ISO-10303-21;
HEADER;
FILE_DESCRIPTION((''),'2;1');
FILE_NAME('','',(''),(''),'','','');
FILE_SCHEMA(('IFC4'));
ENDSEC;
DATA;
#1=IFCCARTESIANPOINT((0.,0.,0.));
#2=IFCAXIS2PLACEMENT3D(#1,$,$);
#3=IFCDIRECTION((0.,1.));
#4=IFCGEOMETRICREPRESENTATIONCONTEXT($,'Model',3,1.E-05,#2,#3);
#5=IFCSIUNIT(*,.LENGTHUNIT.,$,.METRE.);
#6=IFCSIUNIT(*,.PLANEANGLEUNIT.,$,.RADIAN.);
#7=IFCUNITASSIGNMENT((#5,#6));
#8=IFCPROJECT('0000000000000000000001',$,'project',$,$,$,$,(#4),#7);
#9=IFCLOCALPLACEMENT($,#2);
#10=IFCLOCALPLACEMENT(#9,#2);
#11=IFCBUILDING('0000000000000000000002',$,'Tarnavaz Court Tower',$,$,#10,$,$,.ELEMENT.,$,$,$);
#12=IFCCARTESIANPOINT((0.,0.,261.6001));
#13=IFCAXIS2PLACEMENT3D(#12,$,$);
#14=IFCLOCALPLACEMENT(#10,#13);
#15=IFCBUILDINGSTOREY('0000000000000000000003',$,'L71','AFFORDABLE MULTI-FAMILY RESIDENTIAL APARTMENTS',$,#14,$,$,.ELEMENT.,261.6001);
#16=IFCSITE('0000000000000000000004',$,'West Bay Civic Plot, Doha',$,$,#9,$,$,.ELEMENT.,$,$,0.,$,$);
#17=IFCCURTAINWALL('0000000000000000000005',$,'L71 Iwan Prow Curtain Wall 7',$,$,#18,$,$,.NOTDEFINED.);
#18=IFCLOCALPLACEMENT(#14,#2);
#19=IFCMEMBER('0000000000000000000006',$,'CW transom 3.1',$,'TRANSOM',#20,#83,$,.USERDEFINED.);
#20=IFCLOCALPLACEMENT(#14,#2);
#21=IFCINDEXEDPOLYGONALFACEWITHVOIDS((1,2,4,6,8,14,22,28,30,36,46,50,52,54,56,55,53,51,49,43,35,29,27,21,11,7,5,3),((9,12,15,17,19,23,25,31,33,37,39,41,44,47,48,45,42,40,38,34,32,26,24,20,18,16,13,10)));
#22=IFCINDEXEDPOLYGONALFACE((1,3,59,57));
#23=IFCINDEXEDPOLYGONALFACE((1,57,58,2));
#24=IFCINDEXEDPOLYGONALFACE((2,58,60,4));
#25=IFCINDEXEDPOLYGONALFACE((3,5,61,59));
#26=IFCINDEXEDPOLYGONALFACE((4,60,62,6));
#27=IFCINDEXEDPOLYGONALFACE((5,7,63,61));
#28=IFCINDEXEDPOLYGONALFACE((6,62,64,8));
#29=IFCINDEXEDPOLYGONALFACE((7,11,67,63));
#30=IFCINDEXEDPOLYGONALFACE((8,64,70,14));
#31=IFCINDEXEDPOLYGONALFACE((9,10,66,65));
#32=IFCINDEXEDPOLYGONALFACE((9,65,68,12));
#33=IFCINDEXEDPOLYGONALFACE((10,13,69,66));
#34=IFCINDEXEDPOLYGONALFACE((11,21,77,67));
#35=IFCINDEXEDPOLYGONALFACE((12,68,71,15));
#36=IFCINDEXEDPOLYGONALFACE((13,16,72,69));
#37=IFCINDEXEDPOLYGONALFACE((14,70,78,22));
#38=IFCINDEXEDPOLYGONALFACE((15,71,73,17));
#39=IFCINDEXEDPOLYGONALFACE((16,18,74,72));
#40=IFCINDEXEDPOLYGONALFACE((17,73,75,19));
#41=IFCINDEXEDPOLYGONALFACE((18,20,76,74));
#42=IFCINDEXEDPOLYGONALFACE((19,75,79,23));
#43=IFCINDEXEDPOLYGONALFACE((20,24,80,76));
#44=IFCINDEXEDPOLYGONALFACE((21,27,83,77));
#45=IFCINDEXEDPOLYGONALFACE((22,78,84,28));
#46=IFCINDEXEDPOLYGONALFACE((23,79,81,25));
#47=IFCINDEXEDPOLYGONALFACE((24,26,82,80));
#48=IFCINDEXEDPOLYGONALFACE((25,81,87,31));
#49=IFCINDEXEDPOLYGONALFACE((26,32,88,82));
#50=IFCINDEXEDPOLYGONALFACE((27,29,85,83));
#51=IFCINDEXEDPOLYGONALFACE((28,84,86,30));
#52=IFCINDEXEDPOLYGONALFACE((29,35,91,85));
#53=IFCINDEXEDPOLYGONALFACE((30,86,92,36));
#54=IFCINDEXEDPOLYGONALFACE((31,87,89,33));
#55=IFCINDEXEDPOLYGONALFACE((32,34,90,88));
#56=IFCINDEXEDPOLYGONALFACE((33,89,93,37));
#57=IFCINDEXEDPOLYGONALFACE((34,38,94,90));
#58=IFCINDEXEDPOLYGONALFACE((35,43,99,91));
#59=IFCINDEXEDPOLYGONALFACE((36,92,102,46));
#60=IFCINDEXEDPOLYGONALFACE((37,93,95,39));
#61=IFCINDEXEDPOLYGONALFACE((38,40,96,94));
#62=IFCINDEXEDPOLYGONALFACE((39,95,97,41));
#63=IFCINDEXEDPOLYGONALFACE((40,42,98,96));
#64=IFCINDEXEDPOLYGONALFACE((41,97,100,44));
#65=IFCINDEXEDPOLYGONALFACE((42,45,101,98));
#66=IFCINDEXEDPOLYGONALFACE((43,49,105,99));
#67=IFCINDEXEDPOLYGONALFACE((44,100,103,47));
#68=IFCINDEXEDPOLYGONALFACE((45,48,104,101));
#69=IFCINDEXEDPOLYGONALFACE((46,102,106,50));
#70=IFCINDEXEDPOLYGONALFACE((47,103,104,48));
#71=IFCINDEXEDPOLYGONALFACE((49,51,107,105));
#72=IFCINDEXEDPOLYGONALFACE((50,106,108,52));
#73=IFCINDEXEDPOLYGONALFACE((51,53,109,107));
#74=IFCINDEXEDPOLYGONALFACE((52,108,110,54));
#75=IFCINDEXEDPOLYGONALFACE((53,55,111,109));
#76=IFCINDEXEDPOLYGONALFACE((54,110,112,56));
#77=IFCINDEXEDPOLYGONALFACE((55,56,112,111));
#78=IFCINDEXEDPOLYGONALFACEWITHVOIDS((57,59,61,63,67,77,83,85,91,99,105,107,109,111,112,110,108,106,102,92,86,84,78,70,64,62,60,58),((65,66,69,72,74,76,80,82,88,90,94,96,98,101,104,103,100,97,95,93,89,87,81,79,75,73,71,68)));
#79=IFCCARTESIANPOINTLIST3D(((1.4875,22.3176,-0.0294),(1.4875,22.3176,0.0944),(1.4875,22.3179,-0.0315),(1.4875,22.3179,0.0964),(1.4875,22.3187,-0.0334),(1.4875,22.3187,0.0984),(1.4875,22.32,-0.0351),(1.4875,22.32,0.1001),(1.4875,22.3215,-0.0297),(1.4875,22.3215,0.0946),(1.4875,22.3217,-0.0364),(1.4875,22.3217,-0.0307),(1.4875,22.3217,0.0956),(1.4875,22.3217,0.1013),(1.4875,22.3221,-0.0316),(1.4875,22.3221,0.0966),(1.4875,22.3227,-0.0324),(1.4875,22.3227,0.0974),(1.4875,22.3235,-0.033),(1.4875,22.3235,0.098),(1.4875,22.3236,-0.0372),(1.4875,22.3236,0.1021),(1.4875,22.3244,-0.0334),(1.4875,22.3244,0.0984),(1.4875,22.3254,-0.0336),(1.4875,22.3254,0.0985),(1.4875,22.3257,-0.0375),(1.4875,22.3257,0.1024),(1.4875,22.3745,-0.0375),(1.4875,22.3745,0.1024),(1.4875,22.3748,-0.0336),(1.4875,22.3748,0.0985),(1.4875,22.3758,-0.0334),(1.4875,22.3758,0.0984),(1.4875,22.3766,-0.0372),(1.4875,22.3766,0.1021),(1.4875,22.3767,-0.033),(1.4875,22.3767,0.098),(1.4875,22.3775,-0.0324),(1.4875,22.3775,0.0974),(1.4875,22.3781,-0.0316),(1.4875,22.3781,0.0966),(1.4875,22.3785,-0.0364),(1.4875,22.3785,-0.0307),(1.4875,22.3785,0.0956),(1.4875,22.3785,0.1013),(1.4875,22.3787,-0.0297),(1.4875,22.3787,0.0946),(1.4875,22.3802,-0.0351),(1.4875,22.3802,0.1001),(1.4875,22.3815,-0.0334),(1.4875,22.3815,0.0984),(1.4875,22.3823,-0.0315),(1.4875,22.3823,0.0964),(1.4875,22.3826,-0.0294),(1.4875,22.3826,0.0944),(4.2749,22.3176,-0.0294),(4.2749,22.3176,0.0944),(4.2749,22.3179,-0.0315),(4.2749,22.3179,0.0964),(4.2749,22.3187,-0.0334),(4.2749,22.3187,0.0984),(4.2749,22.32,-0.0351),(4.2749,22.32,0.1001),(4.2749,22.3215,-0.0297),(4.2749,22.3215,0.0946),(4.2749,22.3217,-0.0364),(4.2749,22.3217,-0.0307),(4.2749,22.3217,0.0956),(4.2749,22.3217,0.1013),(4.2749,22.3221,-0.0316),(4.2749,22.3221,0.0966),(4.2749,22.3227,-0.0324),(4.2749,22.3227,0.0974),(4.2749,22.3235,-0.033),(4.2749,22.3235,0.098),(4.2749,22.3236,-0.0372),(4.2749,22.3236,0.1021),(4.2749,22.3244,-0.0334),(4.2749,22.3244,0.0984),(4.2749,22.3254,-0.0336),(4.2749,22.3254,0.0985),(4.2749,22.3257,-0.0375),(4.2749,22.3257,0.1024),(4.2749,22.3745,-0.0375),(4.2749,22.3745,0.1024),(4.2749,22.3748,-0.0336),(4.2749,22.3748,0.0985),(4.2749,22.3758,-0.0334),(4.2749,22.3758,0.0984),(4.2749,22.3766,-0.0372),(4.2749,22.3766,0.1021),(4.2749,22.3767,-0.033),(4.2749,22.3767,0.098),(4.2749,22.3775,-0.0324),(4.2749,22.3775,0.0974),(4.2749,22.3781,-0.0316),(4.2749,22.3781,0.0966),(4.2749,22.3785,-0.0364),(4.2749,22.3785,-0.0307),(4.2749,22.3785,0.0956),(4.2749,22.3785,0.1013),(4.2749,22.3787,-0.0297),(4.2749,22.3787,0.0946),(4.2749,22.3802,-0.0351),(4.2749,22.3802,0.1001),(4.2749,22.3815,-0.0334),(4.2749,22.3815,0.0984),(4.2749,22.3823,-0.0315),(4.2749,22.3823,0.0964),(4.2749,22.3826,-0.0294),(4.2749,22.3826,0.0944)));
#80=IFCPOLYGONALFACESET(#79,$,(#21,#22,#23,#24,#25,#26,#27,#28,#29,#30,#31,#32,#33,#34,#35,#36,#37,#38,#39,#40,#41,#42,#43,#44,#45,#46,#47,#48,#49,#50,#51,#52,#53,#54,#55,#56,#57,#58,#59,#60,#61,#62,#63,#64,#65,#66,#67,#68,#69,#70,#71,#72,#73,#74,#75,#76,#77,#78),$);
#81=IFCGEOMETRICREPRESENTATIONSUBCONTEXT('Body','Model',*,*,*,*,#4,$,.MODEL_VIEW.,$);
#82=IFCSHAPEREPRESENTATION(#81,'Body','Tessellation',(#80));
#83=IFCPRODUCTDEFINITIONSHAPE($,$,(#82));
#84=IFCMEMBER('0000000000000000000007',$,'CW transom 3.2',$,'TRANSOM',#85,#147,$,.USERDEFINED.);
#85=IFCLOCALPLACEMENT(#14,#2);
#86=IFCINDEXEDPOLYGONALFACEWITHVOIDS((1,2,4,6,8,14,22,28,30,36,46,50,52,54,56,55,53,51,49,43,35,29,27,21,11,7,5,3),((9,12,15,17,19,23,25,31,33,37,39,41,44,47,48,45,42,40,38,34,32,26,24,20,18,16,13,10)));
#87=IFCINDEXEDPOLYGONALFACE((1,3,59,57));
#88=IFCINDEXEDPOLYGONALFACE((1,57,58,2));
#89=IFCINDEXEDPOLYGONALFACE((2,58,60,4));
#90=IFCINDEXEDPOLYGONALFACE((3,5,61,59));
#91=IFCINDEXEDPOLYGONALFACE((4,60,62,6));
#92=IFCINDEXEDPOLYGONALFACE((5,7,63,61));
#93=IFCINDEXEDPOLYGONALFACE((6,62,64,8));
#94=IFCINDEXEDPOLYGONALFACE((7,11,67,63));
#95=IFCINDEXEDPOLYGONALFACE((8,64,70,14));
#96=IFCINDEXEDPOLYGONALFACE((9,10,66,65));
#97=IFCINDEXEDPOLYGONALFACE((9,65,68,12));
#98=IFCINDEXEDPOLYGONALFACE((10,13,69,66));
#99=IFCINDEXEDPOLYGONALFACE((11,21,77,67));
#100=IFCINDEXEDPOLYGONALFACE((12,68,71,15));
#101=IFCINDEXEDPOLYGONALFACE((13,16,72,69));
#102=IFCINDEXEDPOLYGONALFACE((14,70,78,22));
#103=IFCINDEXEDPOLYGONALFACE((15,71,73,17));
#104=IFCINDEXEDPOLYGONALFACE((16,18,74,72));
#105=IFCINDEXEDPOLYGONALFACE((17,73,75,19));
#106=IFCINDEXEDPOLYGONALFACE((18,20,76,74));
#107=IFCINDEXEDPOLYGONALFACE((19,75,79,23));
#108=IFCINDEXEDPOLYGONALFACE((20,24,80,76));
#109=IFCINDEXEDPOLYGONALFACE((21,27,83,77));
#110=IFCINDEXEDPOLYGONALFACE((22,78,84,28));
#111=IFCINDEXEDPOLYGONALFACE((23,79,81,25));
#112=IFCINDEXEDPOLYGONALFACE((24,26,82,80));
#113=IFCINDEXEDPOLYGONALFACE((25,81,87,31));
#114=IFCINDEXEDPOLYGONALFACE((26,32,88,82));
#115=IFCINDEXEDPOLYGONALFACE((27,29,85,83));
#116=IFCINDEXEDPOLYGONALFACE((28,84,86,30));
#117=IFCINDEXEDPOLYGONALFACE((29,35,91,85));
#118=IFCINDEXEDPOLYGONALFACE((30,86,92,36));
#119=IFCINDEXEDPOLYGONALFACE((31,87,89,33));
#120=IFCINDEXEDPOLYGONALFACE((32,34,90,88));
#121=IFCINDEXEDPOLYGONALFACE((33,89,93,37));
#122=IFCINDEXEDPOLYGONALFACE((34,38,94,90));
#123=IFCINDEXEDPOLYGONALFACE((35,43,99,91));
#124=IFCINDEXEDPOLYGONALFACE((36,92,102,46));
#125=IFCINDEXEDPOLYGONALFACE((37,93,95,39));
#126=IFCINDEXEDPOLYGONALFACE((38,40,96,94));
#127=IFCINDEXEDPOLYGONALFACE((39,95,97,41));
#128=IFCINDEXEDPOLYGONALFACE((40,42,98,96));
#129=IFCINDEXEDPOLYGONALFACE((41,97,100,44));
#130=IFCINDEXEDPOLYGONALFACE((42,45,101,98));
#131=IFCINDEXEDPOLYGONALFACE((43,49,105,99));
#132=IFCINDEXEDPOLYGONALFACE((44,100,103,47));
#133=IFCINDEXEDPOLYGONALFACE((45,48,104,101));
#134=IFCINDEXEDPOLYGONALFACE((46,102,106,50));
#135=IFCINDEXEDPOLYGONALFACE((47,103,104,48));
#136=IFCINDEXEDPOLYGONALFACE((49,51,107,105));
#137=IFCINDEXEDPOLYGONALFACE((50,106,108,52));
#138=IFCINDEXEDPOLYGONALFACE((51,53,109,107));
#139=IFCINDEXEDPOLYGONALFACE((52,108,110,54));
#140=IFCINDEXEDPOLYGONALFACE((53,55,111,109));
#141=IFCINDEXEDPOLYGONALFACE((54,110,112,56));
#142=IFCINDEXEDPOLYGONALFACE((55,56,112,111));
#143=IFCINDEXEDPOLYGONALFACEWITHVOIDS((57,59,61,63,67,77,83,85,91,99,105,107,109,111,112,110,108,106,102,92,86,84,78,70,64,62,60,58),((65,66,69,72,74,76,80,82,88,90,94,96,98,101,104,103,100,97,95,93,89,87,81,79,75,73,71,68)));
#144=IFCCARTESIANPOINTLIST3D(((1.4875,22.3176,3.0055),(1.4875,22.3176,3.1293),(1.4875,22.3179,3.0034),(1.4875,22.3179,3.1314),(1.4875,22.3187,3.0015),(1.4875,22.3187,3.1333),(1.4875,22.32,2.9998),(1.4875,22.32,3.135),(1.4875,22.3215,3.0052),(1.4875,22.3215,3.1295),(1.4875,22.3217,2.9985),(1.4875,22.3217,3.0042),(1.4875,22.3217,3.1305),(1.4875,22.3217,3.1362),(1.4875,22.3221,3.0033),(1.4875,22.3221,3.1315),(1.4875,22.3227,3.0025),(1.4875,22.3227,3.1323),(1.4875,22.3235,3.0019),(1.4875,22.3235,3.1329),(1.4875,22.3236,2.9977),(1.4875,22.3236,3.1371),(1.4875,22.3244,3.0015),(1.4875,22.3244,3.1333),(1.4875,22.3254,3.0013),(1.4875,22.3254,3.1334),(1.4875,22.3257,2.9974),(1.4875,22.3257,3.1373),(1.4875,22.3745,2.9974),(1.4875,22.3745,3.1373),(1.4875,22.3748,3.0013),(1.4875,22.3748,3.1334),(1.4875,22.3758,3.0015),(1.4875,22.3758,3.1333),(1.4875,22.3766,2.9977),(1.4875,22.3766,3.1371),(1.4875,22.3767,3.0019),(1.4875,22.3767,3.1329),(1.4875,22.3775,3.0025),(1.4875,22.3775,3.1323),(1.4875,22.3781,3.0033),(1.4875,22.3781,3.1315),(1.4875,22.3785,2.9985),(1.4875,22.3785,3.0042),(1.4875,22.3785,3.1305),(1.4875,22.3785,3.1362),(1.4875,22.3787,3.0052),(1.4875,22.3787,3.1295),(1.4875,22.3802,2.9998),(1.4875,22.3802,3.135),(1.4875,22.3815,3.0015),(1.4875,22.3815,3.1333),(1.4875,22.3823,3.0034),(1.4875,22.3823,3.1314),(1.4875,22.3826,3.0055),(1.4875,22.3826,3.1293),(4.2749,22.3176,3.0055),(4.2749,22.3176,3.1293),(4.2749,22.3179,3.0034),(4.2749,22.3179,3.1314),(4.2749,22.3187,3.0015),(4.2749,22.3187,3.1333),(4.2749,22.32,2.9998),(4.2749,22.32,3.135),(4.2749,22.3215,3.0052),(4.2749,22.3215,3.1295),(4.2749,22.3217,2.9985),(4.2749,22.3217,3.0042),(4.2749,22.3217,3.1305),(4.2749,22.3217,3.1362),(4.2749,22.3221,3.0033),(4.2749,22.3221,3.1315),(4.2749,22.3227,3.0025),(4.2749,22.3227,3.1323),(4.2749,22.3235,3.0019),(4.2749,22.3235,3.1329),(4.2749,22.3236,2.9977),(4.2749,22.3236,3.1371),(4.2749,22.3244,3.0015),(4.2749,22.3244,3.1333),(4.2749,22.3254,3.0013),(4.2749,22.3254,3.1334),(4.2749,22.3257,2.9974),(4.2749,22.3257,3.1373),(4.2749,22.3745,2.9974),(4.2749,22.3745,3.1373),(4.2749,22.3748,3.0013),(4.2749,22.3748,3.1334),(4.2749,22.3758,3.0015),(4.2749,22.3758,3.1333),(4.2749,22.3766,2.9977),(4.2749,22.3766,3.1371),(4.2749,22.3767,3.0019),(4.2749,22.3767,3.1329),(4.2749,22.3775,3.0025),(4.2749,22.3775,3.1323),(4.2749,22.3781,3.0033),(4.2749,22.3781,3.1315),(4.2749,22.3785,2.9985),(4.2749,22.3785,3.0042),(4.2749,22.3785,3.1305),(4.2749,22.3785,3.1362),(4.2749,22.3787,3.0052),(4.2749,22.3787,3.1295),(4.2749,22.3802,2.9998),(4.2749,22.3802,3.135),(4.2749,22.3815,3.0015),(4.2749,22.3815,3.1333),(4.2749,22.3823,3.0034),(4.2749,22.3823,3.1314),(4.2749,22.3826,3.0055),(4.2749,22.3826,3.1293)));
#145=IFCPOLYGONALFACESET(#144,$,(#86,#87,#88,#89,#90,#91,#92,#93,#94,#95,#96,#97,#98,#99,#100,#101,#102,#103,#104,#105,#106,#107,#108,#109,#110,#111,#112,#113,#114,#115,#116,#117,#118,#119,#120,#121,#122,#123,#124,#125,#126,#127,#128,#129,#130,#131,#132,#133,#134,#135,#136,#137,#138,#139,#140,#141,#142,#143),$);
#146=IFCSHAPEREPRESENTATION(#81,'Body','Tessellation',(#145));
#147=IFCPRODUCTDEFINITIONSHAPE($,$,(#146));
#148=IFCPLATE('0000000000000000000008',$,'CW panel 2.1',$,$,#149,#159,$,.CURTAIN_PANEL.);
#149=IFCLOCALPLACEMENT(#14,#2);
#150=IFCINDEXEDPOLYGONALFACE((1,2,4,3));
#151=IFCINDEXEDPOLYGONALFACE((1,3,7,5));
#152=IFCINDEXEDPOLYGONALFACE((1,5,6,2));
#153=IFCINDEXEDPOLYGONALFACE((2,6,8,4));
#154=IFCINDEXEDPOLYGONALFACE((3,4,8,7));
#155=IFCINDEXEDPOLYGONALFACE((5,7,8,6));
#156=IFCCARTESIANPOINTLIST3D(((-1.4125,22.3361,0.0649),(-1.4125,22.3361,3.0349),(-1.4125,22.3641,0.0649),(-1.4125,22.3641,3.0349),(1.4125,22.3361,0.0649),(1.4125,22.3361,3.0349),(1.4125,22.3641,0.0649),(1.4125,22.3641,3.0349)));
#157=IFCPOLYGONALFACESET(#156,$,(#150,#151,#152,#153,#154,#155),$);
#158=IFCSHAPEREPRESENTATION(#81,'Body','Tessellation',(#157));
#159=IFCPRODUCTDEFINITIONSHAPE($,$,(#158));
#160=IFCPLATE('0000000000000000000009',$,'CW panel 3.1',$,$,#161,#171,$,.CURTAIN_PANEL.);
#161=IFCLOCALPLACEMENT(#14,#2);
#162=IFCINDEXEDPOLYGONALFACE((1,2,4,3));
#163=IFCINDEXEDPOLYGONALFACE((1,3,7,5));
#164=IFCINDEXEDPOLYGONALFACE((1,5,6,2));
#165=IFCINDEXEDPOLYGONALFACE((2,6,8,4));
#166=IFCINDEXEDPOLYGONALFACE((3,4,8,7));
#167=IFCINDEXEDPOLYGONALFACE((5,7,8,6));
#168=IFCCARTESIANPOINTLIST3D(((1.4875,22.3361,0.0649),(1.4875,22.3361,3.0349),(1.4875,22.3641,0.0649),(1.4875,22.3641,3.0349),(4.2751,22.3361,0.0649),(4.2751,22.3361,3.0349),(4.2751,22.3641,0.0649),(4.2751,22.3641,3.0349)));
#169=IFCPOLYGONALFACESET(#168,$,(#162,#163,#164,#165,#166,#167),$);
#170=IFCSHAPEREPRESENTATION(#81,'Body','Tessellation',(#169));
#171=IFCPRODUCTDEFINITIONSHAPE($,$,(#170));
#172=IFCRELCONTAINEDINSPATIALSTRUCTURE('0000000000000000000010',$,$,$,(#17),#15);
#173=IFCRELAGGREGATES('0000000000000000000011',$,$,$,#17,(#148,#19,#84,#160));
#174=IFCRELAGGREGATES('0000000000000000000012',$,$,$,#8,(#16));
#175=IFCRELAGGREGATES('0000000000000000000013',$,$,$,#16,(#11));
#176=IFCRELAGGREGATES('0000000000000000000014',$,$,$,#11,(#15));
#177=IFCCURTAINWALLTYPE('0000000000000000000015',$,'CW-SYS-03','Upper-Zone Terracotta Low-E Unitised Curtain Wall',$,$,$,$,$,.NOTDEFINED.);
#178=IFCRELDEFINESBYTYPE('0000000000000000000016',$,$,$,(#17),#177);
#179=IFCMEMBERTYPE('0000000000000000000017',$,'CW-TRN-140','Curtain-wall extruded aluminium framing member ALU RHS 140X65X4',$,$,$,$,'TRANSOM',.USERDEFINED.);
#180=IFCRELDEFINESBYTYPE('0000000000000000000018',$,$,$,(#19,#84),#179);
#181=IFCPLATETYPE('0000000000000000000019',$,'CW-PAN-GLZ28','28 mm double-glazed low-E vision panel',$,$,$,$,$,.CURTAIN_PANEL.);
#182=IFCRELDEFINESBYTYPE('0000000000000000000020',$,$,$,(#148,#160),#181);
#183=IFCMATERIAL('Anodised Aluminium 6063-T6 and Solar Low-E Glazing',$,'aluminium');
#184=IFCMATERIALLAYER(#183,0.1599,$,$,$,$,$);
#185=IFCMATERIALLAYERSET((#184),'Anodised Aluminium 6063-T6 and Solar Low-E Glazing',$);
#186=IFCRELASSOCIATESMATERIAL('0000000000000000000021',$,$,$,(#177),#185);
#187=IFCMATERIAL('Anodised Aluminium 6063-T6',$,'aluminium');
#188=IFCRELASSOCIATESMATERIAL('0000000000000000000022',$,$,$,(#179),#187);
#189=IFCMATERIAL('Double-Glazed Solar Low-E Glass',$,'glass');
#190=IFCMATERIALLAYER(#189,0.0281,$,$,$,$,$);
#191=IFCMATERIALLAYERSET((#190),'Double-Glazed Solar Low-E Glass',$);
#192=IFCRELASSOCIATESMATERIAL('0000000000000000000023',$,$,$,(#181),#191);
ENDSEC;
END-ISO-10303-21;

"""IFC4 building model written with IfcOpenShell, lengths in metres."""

from ifc_helpers import new_model, si_unit, direction, frame, origin, origin_2d, place, context, subcontext, project, spatial, rectangle, hollow_rectangle, extrude, material, layer, layer_set, material_profile, profile_set, type_object, element, aggregate, save


model = new_model("IFC4")

# Units and contexts
model_context = context("Model", 3, precision=1e-05, world=origin(), true_north=direction((0.0, 1.0)))
body_context = subcontext(model_context, "Body", "Model", "MODEL_VIEW")
ifc_project = project(units=[si_unit("LENGTHUNIT", "METRE"), si_unit("PLANEANGLEUNIT", "RADIAN")], contexts=[model_context])

# Site, building, storey
site_placement = place(None, origin())
site = spatial("IfcSite", under=ifc_project, at=site_placement, Name="West Bay Civic Plot, Doha", CompositionType="ELEMENT", RefElevation=0.0)
building_placement = place(site_placement, origin())
building = spatial("IfcBuilding", under=site, at=building_placement, Name="Tarnavaz Court Tower", CompositionType="ELEMENT")
storey_placement = place(building_placement, frame((0.0, 0.0, 261.6001)))
storey = spatial("IfcBuildingStorey", under=building, at=storey_placement, Name="L71", Description="AFFORDABLE MULTI-FAMILY RESIDENTIAL APARTMENTS", CompositionType="ELEMENT", Elevation=261.6001)

# Curtain wall, members, plates
ifc_material_1 = material(Name="Anodised Aluminium 6063-T6 and Solar Low-E Glazing", Category="aluminium")
ifc_layer_1 = layer(ifc_material_1, 0.1599)
ifc_layer_set_1 = layer_set([ifc_layer_1], Name="Anodised Aluminium 6063-T6 and Solar Low-E Glazing")
curtain_wall_type = type_object("IfcCurtainWallType", Name="CW-SYS-03", Description="Upper-Zone Terracotta Low-E Unitised Curtain Wall", PredefinedType="NOTDEFINED", material=ifc_layer_set_1)
curtain_wall_placement = place(storey_placement, origin())
curtain_wall = element("IfcCurtainWall", 1, at=curtain_wall_placement, inside=storey, type_object=curtain_wall_type, Name="L71 Iwan Prow Curtain Wall 7", PredefinedType="NOTDEFINED")
ifc_material_2 = material(Name="Anodised Aluminium 6063-T6", Category="aluminium")
ifc_material_profile_1 = material_profile(ifc_material_2, hollow_rectangle(XDim=0.0649, YDim=0.1399, WallThickness=0.0039, InnerFilletRadius=0.0039, OuterFilletRadius=0.0081, at=origin_2d()), Name="ALU RHS 140X65X4")
ifc_profile_set_1 = profile_set([ifc_material_profile_1], Name="Anodised Aluminium 6063-T6")
member_type_1 = type_object("IfcMemberType", Name="CW-TRN-140", Description="Curtain-wall extruded aluminium framing member ALU RHS 140X65X4", ElementType="TRANSOM", PredefinedType="USERDEFINED", material=ifc_profile_set_1)
member_1_placement = place(storey_placement, frame((1.4875, 22.3501, 0.0325), z_axis=(1.0, 0.0, 0.0), x_axis=(0.0, 1.0, 0.0)))
member_1 = element("IfcMember", 2, at=member_1_placement, type_object=member_type_1, Name="CW transom 3.1", ObjectType="TRANSOM", PredefinedType="USERDEFINED", context=body_context, shape_type="SweptSolid", body=[
    extrude(hollow_rectangle(XDim=0.0649, YDim=0.1399, WallThickness=0.0039, InnerFilletRadius=0.0039, OuterFilletRadius=0.0081, at=origin_2d()), origin(), (0.0, 0.0, 1.0), 2.7874),
])
member_2_placement = place(storey_placement, frame((1.4875, 22.3501, 3.0674), z_axis=(1.0, 0.0, 0.0), x_axis=(0.0, 1.0, 0.0)))
member_2 = element("IfcMember", 3, at=member_2_placement, type_object=member_type_1, Name="CW transom 3.2", ObjectType="TRANSOM", PredefinedType="USERDEFINED", context=body_context, shape_type="SweptSolid", body=[
    extrude(hollow_rectangle(XDim=0.0649, YDim=0.1399, WallThickness=0.0039, InnerFilletRadius=0.0039, OuterFilletRadius=0.0081, at=origin_2d()), origin(), (0.0, 0.0, 1.0), 2.7874),
])
ifc_material_3 = material(Name="Double-Glazed Solar Low-E Glass", Category="glass")
ifc_layer_2 = layer(ifc_material_3, 0.0281)
ifc_layer_set_2 = layer_set([ifc_layer_2], Name="Double-Glazed Solar Low-E Glass")
plate_type = type_object("IfcPlateType", Name="CW-PAN-GLZ28", Description="28 mm double-glazed low-E vision panel", PredefinedType="CURTAIN_PANEL", material=ifc_layer_set_2)
plate_1_placement = place(storey_placement, frame((0.0, 22.3501, 0.0649), z_axis=(0.0, 0.0, 1.0), x_axis=(1.0, 0.0, 0.0)))
plate_1 = element("IfcPlate", 4, at=plate_1_placement, type_object=plate_type, Name="CW panel 2.1", PredefinedType="CURTAIN_PANEL", context=body_context, shape_type="SweptSolid", body=[
    extrude(rectangle(XDim=2.825, YDim=0.0281, at=origin_2d()), origin(), (0.0, 0.0, 1.0), 2.97),
])
plate_2_placement = place(storey_placement, frame((2.8813, 22.3501, 0.0649), z_axis=(0.0, 0.0, 1.0), x_axis=(1.0, 0.0, 0.0)))
plate_2 = element("IfcPlate", 5, at=plate_2_placement, type_object=plate_type, Name="CW panel 3.1", PredefinedType="CURTAIN_PANEL", context=body_context, shape_type="SweptSolid", body=[
    extrude(rectangle(XDim=2.7876, YDim=0.0281, at=origin_2d()), origin(), (0.0, 0.0, 1.0), 2.97),
])
aggregate(curtain_wall, [plate_1, member_1, member_2, plate_2])

save(model, "model.ifc")
